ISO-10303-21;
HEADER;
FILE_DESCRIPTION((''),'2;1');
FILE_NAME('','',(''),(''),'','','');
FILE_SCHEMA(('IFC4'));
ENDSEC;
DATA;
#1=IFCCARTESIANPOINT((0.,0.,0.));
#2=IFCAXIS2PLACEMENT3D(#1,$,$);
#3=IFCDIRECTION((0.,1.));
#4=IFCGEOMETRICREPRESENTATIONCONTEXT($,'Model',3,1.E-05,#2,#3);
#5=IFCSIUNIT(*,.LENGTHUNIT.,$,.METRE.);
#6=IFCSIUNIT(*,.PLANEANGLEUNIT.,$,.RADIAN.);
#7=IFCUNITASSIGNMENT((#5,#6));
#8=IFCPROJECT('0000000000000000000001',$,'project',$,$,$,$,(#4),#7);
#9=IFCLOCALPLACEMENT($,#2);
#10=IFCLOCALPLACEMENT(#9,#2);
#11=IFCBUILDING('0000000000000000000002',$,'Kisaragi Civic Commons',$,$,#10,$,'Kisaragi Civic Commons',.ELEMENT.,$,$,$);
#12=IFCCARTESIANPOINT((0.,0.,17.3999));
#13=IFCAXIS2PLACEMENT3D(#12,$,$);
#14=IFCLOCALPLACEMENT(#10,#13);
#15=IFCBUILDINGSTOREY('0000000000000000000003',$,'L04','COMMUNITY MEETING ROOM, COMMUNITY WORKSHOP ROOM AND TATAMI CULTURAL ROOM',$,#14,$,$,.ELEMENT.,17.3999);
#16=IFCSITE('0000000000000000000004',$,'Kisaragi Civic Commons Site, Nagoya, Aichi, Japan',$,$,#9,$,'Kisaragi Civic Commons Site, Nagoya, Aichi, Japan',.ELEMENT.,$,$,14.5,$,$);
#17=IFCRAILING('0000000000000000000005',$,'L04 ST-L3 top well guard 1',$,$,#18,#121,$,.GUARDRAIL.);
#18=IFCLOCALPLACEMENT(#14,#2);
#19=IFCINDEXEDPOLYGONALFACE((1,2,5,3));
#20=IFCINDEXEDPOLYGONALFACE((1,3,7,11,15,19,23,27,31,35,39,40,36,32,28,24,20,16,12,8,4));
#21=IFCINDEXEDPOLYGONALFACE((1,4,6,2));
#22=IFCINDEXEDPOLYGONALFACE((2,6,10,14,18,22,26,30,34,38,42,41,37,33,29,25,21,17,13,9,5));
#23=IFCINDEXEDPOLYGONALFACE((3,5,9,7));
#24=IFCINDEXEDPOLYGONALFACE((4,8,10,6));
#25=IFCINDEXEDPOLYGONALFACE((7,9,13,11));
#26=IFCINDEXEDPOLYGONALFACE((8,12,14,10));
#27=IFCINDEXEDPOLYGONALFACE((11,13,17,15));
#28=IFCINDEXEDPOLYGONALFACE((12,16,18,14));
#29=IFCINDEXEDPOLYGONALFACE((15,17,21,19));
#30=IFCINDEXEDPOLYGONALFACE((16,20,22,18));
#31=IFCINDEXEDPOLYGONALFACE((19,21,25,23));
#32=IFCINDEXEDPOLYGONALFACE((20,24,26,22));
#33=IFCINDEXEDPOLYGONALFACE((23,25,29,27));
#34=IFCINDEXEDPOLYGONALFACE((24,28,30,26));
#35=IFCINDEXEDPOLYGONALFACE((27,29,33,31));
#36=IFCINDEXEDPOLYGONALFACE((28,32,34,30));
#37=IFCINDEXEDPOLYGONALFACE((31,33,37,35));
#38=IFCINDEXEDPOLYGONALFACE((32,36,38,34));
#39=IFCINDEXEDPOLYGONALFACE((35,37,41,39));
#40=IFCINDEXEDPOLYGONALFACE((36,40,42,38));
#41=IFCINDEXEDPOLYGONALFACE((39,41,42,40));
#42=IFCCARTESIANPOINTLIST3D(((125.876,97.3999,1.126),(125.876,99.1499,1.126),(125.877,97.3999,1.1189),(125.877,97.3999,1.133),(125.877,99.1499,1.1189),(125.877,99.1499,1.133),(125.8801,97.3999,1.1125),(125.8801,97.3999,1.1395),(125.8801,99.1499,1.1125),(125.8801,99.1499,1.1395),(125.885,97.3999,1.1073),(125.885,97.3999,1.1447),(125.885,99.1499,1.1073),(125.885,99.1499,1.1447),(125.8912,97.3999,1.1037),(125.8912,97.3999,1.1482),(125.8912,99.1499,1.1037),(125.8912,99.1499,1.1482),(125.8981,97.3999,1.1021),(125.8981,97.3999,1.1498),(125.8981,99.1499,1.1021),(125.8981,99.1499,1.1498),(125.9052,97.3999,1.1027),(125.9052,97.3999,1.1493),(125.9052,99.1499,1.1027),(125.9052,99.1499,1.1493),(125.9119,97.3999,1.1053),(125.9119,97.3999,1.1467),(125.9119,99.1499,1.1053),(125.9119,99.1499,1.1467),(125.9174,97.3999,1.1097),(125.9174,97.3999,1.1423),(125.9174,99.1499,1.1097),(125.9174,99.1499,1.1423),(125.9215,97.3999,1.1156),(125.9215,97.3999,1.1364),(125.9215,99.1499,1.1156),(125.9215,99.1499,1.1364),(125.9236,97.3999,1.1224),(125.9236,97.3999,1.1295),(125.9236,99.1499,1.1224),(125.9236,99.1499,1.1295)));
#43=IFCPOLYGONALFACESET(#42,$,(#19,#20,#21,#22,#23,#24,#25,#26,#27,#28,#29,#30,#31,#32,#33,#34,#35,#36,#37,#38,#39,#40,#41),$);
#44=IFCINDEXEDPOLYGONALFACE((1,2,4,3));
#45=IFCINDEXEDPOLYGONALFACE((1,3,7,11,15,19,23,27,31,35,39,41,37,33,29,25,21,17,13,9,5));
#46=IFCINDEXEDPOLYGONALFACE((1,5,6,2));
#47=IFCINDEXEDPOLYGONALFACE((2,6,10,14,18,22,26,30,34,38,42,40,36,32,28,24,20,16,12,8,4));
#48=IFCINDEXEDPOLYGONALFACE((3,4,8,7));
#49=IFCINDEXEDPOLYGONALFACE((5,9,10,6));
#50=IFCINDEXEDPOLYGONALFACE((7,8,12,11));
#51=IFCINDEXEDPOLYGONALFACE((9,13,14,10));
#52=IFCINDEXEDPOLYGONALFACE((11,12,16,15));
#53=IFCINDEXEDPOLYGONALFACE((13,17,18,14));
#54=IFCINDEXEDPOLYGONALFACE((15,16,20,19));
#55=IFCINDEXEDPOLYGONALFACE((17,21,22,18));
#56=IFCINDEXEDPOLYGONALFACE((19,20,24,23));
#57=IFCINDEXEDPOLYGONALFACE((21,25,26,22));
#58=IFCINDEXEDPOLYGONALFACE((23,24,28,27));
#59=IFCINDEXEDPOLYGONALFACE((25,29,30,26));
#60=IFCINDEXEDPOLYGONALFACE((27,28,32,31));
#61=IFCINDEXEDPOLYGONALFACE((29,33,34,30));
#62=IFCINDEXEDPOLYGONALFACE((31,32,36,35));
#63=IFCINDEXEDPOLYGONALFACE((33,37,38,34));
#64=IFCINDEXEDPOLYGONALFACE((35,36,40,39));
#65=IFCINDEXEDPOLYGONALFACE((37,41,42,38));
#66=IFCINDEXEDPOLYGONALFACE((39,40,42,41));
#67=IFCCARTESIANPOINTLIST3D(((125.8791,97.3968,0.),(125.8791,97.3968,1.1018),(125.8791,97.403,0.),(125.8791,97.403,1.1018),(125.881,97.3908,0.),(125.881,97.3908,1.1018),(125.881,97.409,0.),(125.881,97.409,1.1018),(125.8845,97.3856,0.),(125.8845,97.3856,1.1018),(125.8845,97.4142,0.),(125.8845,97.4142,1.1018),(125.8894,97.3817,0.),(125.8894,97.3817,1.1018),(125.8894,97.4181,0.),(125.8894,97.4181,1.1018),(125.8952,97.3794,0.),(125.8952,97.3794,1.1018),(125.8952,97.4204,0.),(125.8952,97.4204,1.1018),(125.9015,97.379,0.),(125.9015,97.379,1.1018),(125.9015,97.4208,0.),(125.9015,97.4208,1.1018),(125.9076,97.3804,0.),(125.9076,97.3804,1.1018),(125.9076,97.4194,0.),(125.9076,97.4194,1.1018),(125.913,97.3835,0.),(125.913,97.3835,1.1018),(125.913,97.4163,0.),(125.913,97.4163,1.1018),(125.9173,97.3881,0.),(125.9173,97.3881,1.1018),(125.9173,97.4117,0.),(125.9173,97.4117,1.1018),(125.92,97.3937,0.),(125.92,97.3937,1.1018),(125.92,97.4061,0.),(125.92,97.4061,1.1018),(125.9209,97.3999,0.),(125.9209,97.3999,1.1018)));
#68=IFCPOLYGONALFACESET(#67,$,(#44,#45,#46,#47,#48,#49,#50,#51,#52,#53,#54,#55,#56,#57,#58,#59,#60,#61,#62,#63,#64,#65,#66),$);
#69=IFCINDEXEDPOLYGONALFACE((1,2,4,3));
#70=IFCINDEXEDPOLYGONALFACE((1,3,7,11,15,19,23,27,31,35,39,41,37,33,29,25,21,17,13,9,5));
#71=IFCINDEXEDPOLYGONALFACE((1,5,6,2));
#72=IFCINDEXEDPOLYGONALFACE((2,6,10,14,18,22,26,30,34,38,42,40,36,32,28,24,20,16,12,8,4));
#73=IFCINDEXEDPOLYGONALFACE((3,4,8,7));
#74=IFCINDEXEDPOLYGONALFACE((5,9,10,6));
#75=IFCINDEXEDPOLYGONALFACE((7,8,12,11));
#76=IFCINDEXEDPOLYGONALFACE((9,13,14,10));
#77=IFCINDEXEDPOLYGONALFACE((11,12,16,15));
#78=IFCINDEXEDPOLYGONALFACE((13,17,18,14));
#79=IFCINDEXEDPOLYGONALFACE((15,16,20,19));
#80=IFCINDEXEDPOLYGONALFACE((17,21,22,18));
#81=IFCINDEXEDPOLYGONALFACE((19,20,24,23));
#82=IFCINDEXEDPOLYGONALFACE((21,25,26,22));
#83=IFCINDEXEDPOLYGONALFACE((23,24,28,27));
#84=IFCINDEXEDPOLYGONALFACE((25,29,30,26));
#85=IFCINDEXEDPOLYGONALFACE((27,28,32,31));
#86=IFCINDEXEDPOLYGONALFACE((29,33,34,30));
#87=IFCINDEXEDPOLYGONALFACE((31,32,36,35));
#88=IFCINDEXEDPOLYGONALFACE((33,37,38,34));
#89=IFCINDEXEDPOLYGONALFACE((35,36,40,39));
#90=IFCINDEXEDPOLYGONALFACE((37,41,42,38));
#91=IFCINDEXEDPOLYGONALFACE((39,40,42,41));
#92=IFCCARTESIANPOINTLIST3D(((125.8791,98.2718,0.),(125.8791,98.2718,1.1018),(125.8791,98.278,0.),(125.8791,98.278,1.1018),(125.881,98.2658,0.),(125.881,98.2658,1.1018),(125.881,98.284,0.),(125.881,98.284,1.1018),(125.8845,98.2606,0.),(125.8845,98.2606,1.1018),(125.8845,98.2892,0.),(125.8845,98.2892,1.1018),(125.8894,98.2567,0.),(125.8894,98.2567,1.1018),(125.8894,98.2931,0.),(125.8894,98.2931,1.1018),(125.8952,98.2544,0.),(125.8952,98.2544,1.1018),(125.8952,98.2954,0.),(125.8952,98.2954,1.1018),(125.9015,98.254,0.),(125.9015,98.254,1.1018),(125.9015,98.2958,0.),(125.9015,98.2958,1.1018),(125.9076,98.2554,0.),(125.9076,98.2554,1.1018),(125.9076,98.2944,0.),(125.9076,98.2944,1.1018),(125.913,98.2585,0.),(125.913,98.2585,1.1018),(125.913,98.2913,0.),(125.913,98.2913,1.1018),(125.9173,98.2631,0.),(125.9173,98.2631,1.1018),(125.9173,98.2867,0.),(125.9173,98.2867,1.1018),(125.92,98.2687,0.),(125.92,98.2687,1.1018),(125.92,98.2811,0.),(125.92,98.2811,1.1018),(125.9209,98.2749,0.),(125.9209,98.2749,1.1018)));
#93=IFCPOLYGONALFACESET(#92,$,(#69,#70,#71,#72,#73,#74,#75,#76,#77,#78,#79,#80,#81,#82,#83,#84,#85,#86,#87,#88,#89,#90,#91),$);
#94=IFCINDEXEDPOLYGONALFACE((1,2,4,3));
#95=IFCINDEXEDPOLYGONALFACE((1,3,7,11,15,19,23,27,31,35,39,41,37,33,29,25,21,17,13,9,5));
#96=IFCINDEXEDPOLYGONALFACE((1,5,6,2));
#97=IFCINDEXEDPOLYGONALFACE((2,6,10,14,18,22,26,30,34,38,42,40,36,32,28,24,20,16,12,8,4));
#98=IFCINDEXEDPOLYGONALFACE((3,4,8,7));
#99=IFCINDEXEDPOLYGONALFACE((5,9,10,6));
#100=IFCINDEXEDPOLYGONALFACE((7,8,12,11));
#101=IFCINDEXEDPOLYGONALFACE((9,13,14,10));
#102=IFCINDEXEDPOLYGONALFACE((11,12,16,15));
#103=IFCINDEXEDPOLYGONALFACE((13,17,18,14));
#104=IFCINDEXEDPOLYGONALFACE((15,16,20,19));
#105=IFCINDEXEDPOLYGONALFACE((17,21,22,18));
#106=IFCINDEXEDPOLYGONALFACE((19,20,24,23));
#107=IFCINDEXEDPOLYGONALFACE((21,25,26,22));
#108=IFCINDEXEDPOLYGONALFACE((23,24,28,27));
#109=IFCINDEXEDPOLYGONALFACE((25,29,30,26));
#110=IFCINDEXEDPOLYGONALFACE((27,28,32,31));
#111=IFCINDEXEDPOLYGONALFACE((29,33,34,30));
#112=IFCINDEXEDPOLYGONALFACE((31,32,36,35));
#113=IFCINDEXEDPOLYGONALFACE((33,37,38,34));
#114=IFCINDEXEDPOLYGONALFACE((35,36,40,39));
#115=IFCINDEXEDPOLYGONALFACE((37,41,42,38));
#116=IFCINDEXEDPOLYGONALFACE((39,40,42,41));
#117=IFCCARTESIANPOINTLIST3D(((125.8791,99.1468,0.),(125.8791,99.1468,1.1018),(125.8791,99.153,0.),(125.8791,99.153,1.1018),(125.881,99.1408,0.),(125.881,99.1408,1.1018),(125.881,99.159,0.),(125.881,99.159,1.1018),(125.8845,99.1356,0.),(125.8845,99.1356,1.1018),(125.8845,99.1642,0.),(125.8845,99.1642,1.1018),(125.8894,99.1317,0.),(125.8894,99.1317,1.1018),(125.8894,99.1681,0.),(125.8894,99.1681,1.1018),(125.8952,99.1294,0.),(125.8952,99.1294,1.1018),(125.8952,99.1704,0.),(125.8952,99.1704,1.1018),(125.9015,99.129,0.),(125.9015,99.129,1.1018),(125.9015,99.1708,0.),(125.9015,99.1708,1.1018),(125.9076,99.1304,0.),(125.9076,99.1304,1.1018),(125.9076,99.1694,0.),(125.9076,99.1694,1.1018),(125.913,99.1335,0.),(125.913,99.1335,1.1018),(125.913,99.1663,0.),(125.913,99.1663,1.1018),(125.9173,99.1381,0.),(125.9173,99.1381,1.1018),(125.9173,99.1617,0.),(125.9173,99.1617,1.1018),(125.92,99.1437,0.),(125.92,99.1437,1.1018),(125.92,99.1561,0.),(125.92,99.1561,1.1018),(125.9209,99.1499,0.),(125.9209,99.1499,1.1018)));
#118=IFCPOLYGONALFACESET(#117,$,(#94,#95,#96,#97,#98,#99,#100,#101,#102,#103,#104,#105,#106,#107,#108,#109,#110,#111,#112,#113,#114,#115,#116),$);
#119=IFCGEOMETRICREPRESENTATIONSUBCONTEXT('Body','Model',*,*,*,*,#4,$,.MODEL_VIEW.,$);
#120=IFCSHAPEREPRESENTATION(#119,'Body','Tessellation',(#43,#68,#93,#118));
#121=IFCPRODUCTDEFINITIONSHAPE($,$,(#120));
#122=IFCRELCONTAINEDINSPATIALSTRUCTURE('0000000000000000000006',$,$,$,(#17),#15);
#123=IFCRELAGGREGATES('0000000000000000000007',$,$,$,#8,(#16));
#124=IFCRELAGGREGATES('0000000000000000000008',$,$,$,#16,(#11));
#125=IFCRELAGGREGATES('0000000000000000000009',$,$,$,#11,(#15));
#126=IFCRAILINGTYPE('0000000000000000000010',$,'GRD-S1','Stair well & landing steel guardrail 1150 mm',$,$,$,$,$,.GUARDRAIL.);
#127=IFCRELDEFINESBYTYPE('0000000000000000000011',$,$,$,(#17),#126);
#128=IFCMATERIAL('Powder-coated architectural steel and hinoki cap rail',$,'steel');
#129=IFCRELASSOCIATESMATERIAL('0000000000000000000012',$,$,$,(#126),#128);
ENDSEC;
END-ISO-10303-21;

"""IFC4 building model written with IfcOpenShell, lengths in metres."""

from ifc_helpers import new_model, si_unit, direction, frame, origin, origin_2d, place, context, subcontext, project, spatial, circle, extrude, material, type_object, element, save


model = new_model("IFC4")

# Units and contexts
model_context = context("Model", 3, precision=1e-05, world=origin(), true_north=direction((0.0, 1.0)))
body_context = subcontext(model_context, "Body", "Model", "MODEL_VIEW")
ifc_project = project(units=[si_unit("LENGTHUNIT", "METRE"), si_unit("PLANEANGLEUNIT", "RADIAN")], contexts=[model_context])

# Site, building, storey
site_placement = place(None, origin())
site = spatial("IfcSite", under=ifc_project, at=site_placement, Name="Kisaragi Civic Commons Site, Nagoya, Aichi, Japan", LongName="Kisaragi Civic Commons Site, Nagoya, Aichi, Japan", CompositionType="ELEMENT", RefElevation=14.5)
building_placement = place(site_placement, origin())
building = spatial("IfcBuilding", under=site, at=building_placement, Name="Kisaragi Civic Commons", LongName="Kisaragi Civic Commons", CompositionType="ELEMENT")
storey_placement = place(building_placement, frame((0.0, 0.0, 17.3999)))
storey = spatial("IfcBuildingStorey", under=building, at=storey_placement, Name="L04", Description="COMMUNITY MEETING ROOM, COMMUNITY WORKSHOP ROOM AND TATAMI CULTURAL ROOM", CompositionType="ELEMENT", Elevation=17.3999)

# Railing
ifc_material_1 = material(Name="Powder-coated architectural steel and hinoki cap rail", Category="steel")
railing_type = type_object("IfcRailingType", Name="GRD-S1", Description="Stair well & landing steel guardrail 1150 mm", PredefinedType="GUARDRAIL", material=ifc_material_1)
railing_placement = place(storey_placement, frame((125.8999, 97.3999, 0.0)))
element("IfcRailing", 1, at=railing_placement, inside=storey, type_object=railing_type, Name="L04 ST-L3 top well guard 1", PredefinedType="GUARDRAIL", context=body_context, shape_type="SweptSolid", body=[
    extrude(circle(Radius=0.0239, at=origin_2d()), frame((0.0, 0.0, 1.126), z_axis=(0.0, 1.0, 0.0), x_axis=(-1.0, 0.0, 0.0)), (0.0, 0.0, 1.0), 1.75),
    extrude(circle(Radius=0.021, at=origin_2d()), origin(), (0.0, 0.0, 1.0), 1.1018),
    extrude(circle(Radius=0.021, at=origin_2d()), frame((0.0, 0.875, 0.0)), (0.0, 0.0, 1.0), 1.1018),
    extrude(circle(Radius=0.021, at=origin_2d()), frame((0.0, 1.75, 0.0)), (0.0, 0.0, 1.0), 1.1018),
])

save(model, "model.ifc")
